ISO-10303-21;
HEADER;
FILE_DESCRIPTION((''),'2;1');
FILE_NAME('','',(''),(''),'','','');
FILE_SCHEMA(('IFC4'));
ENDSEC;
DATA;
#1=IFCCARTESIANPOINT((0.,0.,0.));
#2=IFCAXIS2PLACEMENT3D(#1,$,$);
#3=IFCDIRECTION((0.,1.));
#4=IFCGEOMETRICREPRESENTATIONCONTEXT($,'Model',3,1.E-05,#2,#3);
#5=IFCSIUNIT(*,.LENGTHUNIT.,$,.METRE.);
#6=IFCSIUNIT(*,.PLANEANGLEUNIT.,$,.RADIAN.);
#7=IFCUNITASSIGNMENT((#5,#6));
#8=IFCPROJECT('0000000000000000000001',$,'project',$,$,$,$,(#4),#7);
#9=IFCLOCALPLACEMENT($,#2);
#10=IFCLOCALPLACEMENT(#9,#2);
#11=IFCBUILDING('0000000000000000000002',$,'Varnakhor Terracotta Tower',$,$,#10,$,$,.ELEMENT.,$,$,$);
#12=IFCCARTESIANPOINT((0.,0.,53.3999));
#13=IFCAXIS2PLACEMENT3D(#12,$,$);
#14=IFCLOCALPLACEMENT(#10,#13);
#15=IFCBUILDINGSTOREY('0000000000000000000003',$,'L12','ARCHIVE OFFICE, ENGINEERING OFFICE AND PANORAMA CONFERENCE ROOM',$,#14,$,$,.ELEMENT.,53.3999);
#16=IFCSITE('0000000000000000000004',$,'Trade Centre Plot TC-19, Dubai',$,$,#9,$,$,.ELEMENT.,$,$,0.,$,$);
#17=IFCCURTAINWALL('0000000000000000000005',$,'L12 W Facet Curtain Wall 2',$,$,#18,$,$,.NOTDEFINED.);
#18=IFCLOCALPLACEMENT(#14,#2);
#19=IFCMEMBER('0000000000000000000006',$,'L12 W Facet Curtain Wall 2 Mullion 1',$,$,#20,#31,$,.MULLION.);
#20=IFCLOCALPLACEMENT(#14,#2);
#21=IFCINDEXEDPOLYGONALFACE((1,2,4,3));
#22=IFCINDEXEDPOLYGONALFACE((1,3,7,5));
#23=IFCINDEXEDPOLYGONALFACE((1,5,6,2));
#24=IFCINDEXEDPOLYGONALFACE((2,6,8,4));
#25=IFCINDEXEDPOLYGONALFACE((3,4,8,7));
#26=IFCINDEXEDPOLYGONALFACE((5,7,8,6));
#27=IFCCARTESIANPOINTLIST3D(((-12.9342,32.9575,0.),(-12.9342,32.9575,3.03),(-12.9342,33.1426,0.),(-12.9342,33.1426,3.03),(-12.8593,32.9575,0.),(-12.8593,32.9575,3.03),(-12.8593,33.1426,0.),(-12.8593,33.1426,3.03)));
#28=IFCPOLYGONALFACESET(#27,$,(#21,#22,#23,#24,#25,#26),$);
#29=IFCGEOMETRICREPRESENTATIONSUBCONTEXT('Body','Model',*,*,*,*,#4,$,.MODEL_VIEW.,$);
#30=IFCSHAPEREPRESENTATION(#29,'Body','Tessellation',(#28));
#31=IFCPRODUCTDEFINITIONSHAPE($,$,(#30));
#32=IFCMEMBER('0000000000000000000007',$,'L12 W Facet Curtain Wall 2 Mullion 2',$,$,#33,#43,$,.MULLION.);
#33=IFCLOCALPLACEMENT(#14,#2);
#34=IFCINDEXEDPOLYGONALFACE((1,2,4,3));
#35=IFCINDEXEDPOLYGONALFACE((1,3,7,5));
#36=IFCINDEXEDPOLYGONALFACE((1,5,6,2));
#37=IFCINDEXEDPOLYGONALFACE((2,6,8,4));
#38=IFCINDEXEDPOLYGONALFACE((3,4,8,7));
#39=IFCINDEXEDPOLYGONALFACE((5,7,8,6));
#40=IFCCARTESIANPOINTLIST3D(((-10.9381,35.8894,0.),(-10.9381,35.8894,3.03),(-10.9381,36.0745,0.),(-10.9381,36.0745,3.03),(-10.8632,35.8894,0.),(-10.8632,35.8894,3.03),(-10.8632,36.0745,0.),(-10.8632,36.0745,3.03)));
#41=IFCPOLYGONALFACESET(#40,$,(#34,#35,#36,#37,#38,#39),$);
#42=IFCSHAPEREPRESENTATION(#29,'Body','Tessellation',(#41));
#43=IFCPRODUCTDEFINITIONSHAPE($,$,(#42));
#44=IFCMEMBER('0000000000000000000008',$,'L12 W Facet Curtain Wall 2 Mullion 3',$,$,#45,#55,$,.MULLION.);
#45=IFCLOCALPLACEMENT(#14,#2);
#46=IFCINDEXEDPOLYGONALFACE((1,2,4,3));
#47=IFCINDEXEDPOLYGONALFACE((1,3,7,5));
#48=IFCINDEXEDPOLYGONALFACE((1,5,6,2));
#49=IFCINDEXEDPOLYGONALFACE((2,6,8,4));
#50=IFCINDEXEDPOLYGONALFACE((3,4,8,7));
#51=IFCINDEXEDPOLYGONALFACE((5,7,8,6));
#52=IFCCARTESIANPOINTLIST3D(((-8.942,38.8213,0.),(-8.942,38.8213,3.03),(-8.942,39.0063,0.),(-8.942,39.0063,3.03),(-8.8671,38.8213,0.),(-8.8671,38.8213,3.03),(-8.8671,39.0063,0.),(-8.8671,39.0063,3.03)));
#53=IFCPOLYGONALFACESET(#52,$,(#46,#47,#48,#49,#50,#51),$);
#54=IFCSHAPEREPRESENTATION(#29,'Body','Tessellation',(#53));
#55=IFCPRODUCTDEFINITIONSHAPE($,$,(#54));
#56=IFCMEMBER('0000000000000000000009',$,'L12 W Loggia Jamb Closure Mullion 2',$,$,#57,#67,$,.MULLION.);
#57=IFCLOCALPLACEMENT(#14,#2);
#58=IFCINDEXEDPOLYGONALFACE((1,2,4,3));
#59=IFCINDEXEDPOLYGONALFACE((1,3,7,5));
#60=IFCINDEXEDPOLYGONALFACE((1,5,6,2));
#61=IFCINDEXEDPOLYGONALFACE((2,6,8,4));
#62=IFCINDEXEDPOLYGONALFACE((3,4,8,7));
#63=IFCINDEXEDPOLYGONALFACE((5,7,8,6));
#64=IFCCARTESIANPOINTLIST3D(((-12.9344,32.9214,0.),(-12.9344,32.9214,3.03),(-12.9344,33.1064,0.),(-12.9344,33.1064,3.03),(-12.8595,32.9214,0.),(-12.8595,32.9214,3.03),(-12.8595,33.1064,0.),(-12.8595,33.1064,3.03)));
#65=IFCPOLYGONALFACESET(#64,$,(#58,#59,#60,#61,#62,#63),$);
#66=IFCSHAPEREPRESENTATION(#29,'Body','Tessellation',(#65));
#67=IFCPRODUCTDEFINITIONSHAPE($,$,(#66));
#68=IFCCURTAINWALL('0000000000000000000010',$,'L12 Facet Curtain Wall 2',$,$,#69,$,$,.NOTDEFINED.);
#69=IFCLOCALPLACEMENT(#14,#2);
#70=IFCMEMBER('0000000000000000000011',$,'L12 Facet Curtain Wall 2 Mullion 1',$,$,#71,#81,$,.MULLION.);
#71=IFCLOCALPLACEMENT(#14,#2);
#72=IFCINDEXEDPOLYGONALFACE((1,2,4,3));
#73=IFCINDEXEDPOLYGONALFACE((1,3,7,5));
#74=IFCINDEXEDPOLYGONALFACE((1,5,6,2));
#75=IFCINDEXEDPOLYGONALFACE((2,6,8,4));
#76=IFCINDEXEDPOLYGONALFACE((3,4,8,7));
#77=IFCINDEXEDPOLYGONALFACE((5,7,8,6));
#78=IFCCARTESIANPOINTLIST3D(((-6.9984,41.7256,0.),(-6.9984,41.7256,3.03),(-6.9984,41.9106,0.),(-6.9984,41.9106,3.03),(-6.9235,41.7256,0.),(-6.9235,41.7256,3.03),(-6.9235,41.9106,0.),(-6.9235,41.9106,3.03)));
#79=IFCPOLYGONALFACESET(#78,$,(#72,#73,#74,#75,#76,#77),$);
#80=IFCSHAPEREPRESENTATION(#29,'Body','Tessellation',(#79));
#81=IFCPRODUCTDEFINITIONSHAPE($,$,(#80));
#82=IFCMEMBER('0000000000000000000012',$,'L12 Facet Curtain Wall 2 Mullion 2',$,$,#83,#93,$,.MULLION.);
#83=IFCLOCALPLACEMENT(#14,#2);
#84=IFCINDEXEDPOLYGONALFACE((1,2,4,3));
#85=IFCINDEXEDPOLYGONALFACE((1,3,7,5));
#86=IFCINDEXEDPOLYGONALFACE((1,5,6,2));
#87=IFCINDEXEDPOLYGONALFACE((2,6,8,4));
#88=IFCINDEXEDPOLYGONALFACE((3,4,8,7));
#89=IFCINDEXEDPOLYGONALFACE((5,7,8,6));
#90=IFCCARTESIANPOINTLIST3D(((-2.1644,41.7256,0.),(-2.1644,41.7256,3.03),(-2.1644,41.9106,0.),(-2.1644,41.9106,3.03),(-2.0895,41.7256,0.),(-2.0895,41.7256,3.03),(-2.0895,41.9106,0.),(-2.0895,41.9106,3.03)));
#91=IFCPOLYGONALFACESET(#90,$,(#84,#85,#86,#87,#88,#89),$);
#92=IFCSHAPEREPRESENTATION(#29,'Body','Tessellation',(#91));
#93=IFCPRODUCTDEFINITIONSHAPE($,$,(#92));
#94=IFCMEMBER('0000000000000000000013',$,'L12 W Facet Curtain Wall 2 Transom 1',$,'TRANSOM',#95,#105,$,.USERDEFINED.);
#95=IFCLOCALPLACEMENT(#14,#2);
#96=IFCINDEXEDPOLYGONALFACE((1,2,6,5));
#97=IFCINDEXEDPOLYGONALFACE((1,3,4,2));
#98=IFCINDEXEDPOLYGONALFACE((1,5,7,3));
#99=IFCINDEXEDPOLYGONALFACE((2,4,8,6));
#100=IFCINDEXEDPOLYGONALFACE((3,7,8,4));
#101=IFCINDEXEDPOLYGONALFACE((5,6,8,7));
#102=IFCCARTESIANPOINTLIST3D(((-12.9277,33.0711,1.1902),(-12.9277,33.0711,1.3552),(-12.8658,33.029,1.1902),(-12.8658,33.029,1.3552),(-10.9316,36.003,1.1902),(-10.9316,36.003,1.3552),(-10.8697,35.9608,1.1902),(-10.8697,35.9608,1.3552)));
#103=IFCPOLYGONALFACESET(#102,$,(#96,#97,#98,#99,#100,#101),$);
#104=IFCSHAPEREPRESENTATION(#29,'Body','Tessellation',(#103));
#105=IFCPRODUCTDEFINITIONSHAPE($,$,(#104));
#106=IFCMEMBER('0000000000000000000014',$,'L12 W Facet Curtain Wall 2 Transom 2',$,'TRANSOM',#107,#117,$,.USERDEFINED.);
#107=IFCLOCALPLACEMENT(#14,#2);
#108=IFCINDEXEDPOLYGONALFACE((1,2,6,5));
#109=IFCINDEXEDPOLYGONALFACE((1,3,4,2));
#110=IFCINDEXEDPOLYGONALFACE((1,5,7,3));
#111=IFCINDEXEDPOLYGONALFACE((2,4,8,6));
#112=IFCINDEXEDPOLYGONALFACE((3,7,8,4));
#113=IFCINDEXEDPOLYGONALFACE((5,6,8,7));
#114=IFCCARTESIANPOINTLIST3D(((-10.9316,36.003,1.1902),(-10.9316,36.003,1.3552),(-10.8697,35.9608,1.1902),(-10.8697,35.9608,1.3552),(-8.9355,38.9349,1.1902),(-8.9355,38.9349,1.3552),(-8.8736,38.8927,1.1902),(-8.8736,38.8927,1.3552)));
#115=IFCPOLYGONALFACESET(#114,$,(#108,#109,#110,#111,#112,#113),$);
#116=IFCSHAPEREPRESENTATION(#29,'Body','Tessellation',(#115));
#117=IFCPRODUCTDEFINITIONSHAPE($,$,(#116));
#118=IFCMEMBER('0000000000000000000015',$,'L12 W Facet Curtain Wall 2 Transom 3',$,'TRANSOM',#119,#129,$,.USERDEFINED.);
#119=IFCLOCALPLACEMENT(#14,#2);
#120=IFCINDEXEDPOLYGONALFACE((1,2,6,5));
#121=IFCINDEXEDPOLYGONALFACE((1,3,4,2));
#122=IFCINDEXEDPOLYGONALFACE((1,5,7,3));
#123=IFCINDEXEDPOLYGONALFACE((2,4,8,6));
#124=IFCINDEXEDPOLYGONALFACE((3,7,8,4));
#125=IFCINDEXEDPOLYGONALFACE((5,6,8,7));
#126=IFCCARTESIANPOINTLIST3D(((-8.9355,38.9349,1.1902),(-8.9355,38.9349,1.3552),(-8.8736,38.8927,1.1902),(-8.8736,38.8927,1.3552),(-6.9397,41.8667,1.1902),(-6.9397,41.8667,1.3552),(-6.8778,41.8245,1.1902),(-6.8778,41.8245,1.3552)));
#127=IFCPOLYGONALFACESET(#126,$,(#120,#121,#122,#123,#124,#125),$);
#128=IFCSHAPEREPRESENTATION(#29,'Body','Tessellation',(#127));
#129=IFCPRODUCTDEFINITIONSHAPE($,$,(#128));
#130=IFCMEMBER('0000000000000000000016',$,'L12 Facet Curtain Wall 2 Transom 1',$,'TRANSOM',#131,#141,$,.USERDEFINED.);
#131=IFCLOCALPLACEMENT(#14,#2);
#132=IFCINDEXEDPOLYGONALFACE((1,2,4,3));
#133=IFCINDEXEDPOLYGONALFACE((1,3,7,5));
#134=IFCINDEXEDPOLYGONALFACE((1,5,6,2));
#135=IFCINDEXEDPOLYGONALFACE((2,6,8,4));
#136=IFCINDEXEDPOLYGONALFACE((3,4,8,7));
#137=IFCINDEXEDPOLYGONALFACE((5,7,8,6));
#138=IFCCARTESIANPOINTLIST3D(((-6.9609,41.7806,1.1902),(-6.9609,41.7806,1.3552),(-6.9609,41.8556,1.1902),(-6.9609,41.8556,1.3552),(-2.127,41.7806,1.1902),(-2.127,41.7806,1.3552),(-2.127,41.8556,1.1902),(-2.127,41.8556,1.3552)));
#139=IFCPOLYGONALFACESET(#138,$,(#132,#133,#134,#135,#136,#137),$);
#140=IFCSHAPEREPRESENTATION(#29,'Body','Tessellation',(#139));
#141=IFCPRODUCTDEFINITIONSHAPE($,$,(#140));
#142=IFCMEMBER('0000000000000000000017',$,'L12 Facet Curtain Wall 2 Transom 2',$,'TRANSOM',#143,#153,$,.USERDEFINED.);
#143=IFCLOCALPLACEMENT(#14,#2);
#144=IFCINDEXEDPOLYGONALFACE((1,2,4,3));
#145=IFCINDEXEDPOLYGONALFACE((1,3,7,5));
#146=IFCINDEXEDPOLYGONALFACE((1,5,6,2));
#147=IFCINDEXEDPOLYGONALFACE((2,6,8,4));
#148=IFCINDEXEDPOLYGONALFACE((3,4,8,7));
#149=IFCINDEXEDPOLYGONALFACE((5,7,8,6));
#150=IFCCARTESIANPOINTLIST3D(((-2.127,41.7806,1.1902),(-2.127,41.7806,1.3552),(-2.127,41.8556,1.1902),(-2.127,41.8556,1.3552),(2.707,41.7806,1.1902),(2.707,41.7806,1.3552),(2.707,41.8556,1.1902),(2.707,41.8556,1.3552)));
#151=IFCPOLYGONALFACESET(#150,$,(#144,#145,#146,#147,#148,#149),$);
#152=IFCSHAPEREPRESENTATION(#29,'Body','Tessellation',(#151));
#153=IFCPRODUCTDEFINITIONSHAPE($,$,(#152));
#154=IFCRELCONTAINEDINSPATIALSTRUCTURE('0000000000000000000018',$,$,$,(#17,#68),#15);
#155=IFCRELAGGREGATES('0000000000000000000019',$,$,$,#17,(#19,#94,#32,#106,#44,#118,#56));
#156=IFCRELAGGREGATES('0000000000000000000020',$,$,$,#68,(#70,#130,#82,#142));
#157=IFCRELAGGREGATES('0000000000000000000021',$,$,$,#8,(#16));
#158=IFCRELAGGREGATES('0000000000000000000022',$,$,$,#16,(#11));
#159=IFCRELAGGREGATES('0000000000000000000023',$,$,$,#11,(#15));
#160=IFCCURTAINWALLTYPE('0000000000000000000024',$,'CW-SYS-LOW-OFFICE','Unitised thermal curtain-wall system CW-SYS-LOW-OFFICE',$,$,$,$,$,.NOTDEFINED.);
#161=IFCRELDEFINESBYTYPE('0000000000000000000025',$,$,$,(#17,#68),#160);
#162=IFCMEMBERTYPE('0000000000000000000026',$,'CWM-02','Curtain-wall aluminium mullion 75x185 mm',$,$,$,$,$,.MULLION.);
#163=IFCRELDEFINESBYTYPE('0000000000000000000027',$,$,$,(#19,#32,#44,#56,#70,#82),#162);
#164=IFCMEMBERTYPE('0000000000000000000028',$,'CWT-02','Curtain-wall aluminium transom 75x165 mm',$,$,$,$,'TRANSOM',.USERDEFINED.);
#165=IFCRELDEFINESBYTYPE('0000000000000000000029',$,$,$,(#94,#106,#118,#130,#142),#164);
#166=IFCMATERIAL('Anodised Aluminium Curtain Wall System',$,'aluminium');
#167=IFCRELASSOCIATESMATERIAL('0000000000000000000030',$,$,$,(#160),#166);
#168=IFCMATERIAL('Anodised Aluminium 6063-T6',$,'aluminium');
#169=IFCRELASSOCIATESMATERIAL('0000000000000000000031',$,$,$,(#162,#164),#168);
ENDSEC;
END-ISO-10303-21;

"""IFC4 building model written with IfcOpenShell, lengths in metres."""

from ifc_helpers import new_model, si_unit, direction, frame, origin, origin_2d, place, context, subcontext, project, spatial, rectangle, extrude, source, transform, mapped, material, material_profile, profile_set, type_object, type_shapes, element, aggregate, save


model = new_model("IFC4")

# Units and contexts
model_context = context("Model", 3, precision=1e-05, world=origin(), true_north=direction((0.0, 1.0)))
body_context = subcontext(model_context, "Body", "Model", "MODEL_VIEW")
ifc_project = project(units=[si_unit("LENGTHUNIT", "METRE"), si_unit("PLANEANGLEUNIT", "RADIAN")], contexts=[model_context])

# Site, building, storey
site_placement = place(None, origin())
site = spatial("IfcSite", under=ifc_project, at=site_placement, Name="Trade Centre Plot TC-19, Dubai", CompositionType="ELEMENT", RefElevation=0.0)
building_placement = place(site_placement, origin())
building = spatial("IfcBuilding", under=site, at=building_placement, Name="Varnakhor Terracotta Tower", CompositionType="ELEMENT")
storey_placement = place(building_placement, frame((0.0, 0.0, 53.3999)))
storey = spatial("IfcBuildingStorey", under=building, at=storey_placement, Name="L12", Description="ARCHIVE OFFICE, ENGINEERING OFFICE AND PANORAMA CONFERENCE ROOM", CompositionType="ELEMENT", Elevation=53.3999)

# Curtain walls, members
ifc_material_1 = material(Name="Anodised Aluminium Curtain Wall System", Category="aluminium")
curtain_wall_type = type_object("IfcCurtainWallType", Name="CW-SYS-LOW-OFFICE", Description="Unitised thermal curtain-wall system CW-SYS-LOW-OFFICE", PredefinedType="NOTDEFINED", material=ifc_material_1)
curtain_wall_1_placement = place(storey_placement, origin())
curtain_wall_1 = element("IfcCurtainWall", 1, at=curtain_wall_1_placement, inside=storey, type_object=curtain_wall_type, Name="L12 W Facet Curtain Wall 2", PredefinedType="NOTDEFINED")
ifc_material_2 = material(Name="Anodised Aluminium 6063-T6", Category="aluminium")
ifc_material_profile_1 = material_profile(ifc_material_2, rectangle(XDim=0.075, YDim=0.1851, at=origin_2d()), Name="ALU MULLION 75x185")
ifc_profile_set_1 = profile_set([ifc_material_profile_1], Name="Anodised Aluminium 6063-T6")
member_type_1 = type_object("IfcMemberType", Name="CWM-02", Description="Curtain-wall aluminium mullion 75x185 mm", PredefinedType="MULLION", material=ifc_profile_set_1)
shared_shape_1 = source(origin(), body_context, "Body", "SweptSolid", [
    extrude(rectangle(XDim=0.075, YDim=0.1851, at=origin_2d()), origin(), (0.0, 0.0, 1.0), 3.03),
])
type_shapes(member_type_1, [shared_shape_1])
member_1_placement = place(storey_placement, frame((-12.8967, 33.05, 0.0), z_axis=(0.0, 0.0, 1.0), x_axis=(1.0, 0.0, 0.0)))
member_1 = element("IfcMember", 2, at=member_1_placement, type_object=member_type_1, Name="L12 W Facet Curtain Wall 2 Mullion 1", PredefinedType="MULLION", context=body_context, shape_type="MappedRepresentation", body=[
    mapped(shared_shape_1, transform((0.0, 0.0, 0.0), scale=1.0)),
])
member_2_placement = place(storey_placement, frame((-10.9006, 35.9819, 0.0), z_axis=(0.0, 0.0, 1.0), x_axis=(1.0, 0.0, 0.0)))
member_2 = element("IfcMember", 3, at=member_2_placement, type_object=member_type_1, Name="L12 W Facet Curtain Wall 2 Mullion 2", PredefinedType="MULLION", context=body_context, shape_type="MappedRepresentation", body=[
    mapped(shared_shape_1, transform((0.0, 0.0, 0.0), scale=1.0)),
])
member_3_placement = place(storey_placement, frame((-8.9045, 38.9138, 0.0), z_axis=(0.0, 0.0, 1.0), x_axis=(1.0, 0.0, 0.0)))
member_3 = element("IfcMember", 4, at=member_3_placement, type_object=member_type_1, Name="L12 W Facet Curtain Wall 2 Mullion 3", PredefinedType="MULLION", context=body_context, shape_type="MappedRepresentation", body=[
    mapped(shared_shape_1, transform((0.0, 0.0, 0.0), scale=1.0)),
])
member_4_placement = place(storey_placement, frame((-12.897, 33.0139, 0.0), z_axis=(0.0, 0.0, 1.0), x_axis=(1.0, 0.0, 0.0)))
member_4 = element("IfcMember", 5, at=member_4_placement, type_object=member_type_1, Name="L12 W Loggia Jamb Closure Mullion 2", PredefinedType="MULLION", context=body_context, shape_type="MappedRepresentation", body=[
    mapped(shared_shape_1, transform((0.0, 0.0, 0.0), scale=1.0)),
])
curtain_wall_2_placement = place(storey_placement, origin())
curtain_wall_2 = element("IfcCurtainWall", 6, at=curtain_wall_2_placement, inside=storey, type_object=curtain_wall_type, Name="L12 Facet Curtain Wall 2", PredefinedType="NOTDEFINED")
member_5_placement = place(storey_placement, frame((-6.9609, 41.8181, 0.0), z_axis=(0.0, 0.0, 1.0), x_axis=(1.0, 0.0, 0.0)))
member_5 = element("IfcMember", 7, at=member_5_placement, type_object=member_type_1, Name="L12 Facet Curtain Wall 2 Mullion 1", PredefinedType="MULLION", context=body_context, shape_type="MappedRepresentation", body=[
    mapped(shared_shape_1, transform((0.0, 0.0, 0.0), scale=1.0)),
])
member_6_placement = place(storey_placement, frame((-2.127, 41.8181, 0.0), z_axis=(0.0, 0.0, 1.0), x_axis=(1.0, 0.0, 0.0)))
member_6 = element("IfcMember", 8, at=member_6_placement, type_object=member_type_1, Name="L12 Facet Curtain Wall 2 Mullion 2", PredefinedType="MULLION", context=body_context, shape_type="MappedRepresentation", body=[
    mapped(shared_shape_1, transform((0.0, 0.0, 0.0), scale=1.0)),
])

# Members
ifc_material_profile_2 = material_profile(ifc_material_2, rectangle(XDim=0.075, YDim=0.165, at=origin_2d()), Name="ALU TRANSOM 75x165")
ifc_profile_set_2 = profile_set([ifc_material_profile_2], Name="Anodised Aluminium 6063-T6")
member_type_2 = type_object("IfcMemberType", Name="CWT-02", Description="Curtain-wall aluminium transom 75x165 mm", ElementType="TRANSOM", PredefinedType="USERDEFINED", material=ifc_profile_set_2)
shared_shape_2 = source(origin(), body_context, "Body", "SweptSolid", [
    extrude(rectangle(XDim=0.075, YDim=0.165, at=origin_2d()), origin(), (0.0, 0.0, 1.0), 3.5469),
])
member_7_placement = place(storey_placement, frame((-12.8967, 33.05, 1.2727), z_axis=(0.562775, 0.82661, 0.0), x_axis=(-0.82661, 0.562775, 0.0)))
member_7 = element("IfcMember", 9, at=member_7_placement, type_object=member_type_2, Name="L12 W Facet Curtain Wall 2 Transom 1", ObjectType="TRANSOM", PredefinedType="USERDEFINED", context=body_context, shape_type="MappedRepresentation", body=[
    mapped(shared_shape_2, transform((0.0, 0.0, 0.0), scale=1.0)),
])
member_8_placement = place(storey_placement, frame((-10.9006, 35.9819, 1.2727), z_axis=(0.562775, 0.82661, 0.0), x_axis=(-0.82661, 0.562775, 0.0)))
member_8 = element("IfcMember", 10, at=member_8_placement, type_object=member_type_2, Name="L12 W Facet Curtain Wall 2 Transom 2", ObjectType="TRANSOM", PredefinedType="USERDEFINED", context=body_context, shape_type="MappedRepresentation", body=[
    mapped(shared_shape_2, transform((0.0, 0.0, 0.0), scale=1.0)),
])
shared_shape_3 = source(origin(), body_context, "Body", "SweptSolid", [
    extrude(rectangle(XDim=0.075, YDim=0.165, at=origin_2d()), origin(), (0.0, 0.0, 1.0), 3.5466),
])
member_9_placement = place(storey_placement, frame((-8.9045, 38.9138, 1.2727), z_axis=(0.562728, 0.826642, 0.0), x_axis=(-0.826642, 0.562728, 0.0)))
member_9 = element("IfcMember", 11, at=member_9_placement, type_object=member_type_2, Name="L12 W Facet Curtain Wall 2 Transom 3", ObjectType="TRANSOM", PredefinedType="USERDEFINED", context=body_context, shape_type="MappedRepresentation", body=[
    mapped(shared_shape_3, transform((0.0, 0.0, 0.0), scale=1.0)),
])
shared_shape_4 = source(origin(), body_context, "Body", "SweptSolid", [
    extrude(rectangle(XDim=0.075, YDim=0.165, at=origin_2d()), origin(), (0.0, 0.0, 1.0), 4.834),
])
member_10_placement = place(storey_placement, frame((-6.9609, 41.8181, 1.2727), z_axis=(1.0, 0.0, 0.0), x_axis=(0.0, 1.0, 0.0)))
member_10 = element("IfcMember", 12, at=member_10_placement, type_object=member_type_2, Name="L12 Facet Curtain Wall 2 Transom 1", ObjectType="TRANSOM", PredefinedType="USERDEFINED", context=body_context, shape_type="MappedRepresentation", body=[
    mapped(shared_shape_4, transform((0.0, 0.0, 0.0), scale=1.0)),
])
member_11_placement = place(storey_placement, frame((-2.127, 41.8181, 1.2727), z_axis=(1.0, 0.0, 0.0), x_axis=(0.0, 1.0, 0.0)))
member_11 = element("IfcMember", 13, at=member_11_placement, type_object=member_type_2, Name="L12 Facet Curtain Wall 2 Transom 2", ObjectType="TRANSOM", PredefinedType="USERDEFINED", context=body_context, shape_type="MappedRepresentation", body=[
    mapped(shared_shape_4, transform((0.0, 0.0, 0.0), scale=1.0)),
])

aggregate(curtain_wall_1, [member_1, member_7, member_2, member_8, member_3, member_9, member_4])
aggregate(curtain_wall_2, [member_5, member_10, member_6, member_11])

save(model, "model.ifc")
